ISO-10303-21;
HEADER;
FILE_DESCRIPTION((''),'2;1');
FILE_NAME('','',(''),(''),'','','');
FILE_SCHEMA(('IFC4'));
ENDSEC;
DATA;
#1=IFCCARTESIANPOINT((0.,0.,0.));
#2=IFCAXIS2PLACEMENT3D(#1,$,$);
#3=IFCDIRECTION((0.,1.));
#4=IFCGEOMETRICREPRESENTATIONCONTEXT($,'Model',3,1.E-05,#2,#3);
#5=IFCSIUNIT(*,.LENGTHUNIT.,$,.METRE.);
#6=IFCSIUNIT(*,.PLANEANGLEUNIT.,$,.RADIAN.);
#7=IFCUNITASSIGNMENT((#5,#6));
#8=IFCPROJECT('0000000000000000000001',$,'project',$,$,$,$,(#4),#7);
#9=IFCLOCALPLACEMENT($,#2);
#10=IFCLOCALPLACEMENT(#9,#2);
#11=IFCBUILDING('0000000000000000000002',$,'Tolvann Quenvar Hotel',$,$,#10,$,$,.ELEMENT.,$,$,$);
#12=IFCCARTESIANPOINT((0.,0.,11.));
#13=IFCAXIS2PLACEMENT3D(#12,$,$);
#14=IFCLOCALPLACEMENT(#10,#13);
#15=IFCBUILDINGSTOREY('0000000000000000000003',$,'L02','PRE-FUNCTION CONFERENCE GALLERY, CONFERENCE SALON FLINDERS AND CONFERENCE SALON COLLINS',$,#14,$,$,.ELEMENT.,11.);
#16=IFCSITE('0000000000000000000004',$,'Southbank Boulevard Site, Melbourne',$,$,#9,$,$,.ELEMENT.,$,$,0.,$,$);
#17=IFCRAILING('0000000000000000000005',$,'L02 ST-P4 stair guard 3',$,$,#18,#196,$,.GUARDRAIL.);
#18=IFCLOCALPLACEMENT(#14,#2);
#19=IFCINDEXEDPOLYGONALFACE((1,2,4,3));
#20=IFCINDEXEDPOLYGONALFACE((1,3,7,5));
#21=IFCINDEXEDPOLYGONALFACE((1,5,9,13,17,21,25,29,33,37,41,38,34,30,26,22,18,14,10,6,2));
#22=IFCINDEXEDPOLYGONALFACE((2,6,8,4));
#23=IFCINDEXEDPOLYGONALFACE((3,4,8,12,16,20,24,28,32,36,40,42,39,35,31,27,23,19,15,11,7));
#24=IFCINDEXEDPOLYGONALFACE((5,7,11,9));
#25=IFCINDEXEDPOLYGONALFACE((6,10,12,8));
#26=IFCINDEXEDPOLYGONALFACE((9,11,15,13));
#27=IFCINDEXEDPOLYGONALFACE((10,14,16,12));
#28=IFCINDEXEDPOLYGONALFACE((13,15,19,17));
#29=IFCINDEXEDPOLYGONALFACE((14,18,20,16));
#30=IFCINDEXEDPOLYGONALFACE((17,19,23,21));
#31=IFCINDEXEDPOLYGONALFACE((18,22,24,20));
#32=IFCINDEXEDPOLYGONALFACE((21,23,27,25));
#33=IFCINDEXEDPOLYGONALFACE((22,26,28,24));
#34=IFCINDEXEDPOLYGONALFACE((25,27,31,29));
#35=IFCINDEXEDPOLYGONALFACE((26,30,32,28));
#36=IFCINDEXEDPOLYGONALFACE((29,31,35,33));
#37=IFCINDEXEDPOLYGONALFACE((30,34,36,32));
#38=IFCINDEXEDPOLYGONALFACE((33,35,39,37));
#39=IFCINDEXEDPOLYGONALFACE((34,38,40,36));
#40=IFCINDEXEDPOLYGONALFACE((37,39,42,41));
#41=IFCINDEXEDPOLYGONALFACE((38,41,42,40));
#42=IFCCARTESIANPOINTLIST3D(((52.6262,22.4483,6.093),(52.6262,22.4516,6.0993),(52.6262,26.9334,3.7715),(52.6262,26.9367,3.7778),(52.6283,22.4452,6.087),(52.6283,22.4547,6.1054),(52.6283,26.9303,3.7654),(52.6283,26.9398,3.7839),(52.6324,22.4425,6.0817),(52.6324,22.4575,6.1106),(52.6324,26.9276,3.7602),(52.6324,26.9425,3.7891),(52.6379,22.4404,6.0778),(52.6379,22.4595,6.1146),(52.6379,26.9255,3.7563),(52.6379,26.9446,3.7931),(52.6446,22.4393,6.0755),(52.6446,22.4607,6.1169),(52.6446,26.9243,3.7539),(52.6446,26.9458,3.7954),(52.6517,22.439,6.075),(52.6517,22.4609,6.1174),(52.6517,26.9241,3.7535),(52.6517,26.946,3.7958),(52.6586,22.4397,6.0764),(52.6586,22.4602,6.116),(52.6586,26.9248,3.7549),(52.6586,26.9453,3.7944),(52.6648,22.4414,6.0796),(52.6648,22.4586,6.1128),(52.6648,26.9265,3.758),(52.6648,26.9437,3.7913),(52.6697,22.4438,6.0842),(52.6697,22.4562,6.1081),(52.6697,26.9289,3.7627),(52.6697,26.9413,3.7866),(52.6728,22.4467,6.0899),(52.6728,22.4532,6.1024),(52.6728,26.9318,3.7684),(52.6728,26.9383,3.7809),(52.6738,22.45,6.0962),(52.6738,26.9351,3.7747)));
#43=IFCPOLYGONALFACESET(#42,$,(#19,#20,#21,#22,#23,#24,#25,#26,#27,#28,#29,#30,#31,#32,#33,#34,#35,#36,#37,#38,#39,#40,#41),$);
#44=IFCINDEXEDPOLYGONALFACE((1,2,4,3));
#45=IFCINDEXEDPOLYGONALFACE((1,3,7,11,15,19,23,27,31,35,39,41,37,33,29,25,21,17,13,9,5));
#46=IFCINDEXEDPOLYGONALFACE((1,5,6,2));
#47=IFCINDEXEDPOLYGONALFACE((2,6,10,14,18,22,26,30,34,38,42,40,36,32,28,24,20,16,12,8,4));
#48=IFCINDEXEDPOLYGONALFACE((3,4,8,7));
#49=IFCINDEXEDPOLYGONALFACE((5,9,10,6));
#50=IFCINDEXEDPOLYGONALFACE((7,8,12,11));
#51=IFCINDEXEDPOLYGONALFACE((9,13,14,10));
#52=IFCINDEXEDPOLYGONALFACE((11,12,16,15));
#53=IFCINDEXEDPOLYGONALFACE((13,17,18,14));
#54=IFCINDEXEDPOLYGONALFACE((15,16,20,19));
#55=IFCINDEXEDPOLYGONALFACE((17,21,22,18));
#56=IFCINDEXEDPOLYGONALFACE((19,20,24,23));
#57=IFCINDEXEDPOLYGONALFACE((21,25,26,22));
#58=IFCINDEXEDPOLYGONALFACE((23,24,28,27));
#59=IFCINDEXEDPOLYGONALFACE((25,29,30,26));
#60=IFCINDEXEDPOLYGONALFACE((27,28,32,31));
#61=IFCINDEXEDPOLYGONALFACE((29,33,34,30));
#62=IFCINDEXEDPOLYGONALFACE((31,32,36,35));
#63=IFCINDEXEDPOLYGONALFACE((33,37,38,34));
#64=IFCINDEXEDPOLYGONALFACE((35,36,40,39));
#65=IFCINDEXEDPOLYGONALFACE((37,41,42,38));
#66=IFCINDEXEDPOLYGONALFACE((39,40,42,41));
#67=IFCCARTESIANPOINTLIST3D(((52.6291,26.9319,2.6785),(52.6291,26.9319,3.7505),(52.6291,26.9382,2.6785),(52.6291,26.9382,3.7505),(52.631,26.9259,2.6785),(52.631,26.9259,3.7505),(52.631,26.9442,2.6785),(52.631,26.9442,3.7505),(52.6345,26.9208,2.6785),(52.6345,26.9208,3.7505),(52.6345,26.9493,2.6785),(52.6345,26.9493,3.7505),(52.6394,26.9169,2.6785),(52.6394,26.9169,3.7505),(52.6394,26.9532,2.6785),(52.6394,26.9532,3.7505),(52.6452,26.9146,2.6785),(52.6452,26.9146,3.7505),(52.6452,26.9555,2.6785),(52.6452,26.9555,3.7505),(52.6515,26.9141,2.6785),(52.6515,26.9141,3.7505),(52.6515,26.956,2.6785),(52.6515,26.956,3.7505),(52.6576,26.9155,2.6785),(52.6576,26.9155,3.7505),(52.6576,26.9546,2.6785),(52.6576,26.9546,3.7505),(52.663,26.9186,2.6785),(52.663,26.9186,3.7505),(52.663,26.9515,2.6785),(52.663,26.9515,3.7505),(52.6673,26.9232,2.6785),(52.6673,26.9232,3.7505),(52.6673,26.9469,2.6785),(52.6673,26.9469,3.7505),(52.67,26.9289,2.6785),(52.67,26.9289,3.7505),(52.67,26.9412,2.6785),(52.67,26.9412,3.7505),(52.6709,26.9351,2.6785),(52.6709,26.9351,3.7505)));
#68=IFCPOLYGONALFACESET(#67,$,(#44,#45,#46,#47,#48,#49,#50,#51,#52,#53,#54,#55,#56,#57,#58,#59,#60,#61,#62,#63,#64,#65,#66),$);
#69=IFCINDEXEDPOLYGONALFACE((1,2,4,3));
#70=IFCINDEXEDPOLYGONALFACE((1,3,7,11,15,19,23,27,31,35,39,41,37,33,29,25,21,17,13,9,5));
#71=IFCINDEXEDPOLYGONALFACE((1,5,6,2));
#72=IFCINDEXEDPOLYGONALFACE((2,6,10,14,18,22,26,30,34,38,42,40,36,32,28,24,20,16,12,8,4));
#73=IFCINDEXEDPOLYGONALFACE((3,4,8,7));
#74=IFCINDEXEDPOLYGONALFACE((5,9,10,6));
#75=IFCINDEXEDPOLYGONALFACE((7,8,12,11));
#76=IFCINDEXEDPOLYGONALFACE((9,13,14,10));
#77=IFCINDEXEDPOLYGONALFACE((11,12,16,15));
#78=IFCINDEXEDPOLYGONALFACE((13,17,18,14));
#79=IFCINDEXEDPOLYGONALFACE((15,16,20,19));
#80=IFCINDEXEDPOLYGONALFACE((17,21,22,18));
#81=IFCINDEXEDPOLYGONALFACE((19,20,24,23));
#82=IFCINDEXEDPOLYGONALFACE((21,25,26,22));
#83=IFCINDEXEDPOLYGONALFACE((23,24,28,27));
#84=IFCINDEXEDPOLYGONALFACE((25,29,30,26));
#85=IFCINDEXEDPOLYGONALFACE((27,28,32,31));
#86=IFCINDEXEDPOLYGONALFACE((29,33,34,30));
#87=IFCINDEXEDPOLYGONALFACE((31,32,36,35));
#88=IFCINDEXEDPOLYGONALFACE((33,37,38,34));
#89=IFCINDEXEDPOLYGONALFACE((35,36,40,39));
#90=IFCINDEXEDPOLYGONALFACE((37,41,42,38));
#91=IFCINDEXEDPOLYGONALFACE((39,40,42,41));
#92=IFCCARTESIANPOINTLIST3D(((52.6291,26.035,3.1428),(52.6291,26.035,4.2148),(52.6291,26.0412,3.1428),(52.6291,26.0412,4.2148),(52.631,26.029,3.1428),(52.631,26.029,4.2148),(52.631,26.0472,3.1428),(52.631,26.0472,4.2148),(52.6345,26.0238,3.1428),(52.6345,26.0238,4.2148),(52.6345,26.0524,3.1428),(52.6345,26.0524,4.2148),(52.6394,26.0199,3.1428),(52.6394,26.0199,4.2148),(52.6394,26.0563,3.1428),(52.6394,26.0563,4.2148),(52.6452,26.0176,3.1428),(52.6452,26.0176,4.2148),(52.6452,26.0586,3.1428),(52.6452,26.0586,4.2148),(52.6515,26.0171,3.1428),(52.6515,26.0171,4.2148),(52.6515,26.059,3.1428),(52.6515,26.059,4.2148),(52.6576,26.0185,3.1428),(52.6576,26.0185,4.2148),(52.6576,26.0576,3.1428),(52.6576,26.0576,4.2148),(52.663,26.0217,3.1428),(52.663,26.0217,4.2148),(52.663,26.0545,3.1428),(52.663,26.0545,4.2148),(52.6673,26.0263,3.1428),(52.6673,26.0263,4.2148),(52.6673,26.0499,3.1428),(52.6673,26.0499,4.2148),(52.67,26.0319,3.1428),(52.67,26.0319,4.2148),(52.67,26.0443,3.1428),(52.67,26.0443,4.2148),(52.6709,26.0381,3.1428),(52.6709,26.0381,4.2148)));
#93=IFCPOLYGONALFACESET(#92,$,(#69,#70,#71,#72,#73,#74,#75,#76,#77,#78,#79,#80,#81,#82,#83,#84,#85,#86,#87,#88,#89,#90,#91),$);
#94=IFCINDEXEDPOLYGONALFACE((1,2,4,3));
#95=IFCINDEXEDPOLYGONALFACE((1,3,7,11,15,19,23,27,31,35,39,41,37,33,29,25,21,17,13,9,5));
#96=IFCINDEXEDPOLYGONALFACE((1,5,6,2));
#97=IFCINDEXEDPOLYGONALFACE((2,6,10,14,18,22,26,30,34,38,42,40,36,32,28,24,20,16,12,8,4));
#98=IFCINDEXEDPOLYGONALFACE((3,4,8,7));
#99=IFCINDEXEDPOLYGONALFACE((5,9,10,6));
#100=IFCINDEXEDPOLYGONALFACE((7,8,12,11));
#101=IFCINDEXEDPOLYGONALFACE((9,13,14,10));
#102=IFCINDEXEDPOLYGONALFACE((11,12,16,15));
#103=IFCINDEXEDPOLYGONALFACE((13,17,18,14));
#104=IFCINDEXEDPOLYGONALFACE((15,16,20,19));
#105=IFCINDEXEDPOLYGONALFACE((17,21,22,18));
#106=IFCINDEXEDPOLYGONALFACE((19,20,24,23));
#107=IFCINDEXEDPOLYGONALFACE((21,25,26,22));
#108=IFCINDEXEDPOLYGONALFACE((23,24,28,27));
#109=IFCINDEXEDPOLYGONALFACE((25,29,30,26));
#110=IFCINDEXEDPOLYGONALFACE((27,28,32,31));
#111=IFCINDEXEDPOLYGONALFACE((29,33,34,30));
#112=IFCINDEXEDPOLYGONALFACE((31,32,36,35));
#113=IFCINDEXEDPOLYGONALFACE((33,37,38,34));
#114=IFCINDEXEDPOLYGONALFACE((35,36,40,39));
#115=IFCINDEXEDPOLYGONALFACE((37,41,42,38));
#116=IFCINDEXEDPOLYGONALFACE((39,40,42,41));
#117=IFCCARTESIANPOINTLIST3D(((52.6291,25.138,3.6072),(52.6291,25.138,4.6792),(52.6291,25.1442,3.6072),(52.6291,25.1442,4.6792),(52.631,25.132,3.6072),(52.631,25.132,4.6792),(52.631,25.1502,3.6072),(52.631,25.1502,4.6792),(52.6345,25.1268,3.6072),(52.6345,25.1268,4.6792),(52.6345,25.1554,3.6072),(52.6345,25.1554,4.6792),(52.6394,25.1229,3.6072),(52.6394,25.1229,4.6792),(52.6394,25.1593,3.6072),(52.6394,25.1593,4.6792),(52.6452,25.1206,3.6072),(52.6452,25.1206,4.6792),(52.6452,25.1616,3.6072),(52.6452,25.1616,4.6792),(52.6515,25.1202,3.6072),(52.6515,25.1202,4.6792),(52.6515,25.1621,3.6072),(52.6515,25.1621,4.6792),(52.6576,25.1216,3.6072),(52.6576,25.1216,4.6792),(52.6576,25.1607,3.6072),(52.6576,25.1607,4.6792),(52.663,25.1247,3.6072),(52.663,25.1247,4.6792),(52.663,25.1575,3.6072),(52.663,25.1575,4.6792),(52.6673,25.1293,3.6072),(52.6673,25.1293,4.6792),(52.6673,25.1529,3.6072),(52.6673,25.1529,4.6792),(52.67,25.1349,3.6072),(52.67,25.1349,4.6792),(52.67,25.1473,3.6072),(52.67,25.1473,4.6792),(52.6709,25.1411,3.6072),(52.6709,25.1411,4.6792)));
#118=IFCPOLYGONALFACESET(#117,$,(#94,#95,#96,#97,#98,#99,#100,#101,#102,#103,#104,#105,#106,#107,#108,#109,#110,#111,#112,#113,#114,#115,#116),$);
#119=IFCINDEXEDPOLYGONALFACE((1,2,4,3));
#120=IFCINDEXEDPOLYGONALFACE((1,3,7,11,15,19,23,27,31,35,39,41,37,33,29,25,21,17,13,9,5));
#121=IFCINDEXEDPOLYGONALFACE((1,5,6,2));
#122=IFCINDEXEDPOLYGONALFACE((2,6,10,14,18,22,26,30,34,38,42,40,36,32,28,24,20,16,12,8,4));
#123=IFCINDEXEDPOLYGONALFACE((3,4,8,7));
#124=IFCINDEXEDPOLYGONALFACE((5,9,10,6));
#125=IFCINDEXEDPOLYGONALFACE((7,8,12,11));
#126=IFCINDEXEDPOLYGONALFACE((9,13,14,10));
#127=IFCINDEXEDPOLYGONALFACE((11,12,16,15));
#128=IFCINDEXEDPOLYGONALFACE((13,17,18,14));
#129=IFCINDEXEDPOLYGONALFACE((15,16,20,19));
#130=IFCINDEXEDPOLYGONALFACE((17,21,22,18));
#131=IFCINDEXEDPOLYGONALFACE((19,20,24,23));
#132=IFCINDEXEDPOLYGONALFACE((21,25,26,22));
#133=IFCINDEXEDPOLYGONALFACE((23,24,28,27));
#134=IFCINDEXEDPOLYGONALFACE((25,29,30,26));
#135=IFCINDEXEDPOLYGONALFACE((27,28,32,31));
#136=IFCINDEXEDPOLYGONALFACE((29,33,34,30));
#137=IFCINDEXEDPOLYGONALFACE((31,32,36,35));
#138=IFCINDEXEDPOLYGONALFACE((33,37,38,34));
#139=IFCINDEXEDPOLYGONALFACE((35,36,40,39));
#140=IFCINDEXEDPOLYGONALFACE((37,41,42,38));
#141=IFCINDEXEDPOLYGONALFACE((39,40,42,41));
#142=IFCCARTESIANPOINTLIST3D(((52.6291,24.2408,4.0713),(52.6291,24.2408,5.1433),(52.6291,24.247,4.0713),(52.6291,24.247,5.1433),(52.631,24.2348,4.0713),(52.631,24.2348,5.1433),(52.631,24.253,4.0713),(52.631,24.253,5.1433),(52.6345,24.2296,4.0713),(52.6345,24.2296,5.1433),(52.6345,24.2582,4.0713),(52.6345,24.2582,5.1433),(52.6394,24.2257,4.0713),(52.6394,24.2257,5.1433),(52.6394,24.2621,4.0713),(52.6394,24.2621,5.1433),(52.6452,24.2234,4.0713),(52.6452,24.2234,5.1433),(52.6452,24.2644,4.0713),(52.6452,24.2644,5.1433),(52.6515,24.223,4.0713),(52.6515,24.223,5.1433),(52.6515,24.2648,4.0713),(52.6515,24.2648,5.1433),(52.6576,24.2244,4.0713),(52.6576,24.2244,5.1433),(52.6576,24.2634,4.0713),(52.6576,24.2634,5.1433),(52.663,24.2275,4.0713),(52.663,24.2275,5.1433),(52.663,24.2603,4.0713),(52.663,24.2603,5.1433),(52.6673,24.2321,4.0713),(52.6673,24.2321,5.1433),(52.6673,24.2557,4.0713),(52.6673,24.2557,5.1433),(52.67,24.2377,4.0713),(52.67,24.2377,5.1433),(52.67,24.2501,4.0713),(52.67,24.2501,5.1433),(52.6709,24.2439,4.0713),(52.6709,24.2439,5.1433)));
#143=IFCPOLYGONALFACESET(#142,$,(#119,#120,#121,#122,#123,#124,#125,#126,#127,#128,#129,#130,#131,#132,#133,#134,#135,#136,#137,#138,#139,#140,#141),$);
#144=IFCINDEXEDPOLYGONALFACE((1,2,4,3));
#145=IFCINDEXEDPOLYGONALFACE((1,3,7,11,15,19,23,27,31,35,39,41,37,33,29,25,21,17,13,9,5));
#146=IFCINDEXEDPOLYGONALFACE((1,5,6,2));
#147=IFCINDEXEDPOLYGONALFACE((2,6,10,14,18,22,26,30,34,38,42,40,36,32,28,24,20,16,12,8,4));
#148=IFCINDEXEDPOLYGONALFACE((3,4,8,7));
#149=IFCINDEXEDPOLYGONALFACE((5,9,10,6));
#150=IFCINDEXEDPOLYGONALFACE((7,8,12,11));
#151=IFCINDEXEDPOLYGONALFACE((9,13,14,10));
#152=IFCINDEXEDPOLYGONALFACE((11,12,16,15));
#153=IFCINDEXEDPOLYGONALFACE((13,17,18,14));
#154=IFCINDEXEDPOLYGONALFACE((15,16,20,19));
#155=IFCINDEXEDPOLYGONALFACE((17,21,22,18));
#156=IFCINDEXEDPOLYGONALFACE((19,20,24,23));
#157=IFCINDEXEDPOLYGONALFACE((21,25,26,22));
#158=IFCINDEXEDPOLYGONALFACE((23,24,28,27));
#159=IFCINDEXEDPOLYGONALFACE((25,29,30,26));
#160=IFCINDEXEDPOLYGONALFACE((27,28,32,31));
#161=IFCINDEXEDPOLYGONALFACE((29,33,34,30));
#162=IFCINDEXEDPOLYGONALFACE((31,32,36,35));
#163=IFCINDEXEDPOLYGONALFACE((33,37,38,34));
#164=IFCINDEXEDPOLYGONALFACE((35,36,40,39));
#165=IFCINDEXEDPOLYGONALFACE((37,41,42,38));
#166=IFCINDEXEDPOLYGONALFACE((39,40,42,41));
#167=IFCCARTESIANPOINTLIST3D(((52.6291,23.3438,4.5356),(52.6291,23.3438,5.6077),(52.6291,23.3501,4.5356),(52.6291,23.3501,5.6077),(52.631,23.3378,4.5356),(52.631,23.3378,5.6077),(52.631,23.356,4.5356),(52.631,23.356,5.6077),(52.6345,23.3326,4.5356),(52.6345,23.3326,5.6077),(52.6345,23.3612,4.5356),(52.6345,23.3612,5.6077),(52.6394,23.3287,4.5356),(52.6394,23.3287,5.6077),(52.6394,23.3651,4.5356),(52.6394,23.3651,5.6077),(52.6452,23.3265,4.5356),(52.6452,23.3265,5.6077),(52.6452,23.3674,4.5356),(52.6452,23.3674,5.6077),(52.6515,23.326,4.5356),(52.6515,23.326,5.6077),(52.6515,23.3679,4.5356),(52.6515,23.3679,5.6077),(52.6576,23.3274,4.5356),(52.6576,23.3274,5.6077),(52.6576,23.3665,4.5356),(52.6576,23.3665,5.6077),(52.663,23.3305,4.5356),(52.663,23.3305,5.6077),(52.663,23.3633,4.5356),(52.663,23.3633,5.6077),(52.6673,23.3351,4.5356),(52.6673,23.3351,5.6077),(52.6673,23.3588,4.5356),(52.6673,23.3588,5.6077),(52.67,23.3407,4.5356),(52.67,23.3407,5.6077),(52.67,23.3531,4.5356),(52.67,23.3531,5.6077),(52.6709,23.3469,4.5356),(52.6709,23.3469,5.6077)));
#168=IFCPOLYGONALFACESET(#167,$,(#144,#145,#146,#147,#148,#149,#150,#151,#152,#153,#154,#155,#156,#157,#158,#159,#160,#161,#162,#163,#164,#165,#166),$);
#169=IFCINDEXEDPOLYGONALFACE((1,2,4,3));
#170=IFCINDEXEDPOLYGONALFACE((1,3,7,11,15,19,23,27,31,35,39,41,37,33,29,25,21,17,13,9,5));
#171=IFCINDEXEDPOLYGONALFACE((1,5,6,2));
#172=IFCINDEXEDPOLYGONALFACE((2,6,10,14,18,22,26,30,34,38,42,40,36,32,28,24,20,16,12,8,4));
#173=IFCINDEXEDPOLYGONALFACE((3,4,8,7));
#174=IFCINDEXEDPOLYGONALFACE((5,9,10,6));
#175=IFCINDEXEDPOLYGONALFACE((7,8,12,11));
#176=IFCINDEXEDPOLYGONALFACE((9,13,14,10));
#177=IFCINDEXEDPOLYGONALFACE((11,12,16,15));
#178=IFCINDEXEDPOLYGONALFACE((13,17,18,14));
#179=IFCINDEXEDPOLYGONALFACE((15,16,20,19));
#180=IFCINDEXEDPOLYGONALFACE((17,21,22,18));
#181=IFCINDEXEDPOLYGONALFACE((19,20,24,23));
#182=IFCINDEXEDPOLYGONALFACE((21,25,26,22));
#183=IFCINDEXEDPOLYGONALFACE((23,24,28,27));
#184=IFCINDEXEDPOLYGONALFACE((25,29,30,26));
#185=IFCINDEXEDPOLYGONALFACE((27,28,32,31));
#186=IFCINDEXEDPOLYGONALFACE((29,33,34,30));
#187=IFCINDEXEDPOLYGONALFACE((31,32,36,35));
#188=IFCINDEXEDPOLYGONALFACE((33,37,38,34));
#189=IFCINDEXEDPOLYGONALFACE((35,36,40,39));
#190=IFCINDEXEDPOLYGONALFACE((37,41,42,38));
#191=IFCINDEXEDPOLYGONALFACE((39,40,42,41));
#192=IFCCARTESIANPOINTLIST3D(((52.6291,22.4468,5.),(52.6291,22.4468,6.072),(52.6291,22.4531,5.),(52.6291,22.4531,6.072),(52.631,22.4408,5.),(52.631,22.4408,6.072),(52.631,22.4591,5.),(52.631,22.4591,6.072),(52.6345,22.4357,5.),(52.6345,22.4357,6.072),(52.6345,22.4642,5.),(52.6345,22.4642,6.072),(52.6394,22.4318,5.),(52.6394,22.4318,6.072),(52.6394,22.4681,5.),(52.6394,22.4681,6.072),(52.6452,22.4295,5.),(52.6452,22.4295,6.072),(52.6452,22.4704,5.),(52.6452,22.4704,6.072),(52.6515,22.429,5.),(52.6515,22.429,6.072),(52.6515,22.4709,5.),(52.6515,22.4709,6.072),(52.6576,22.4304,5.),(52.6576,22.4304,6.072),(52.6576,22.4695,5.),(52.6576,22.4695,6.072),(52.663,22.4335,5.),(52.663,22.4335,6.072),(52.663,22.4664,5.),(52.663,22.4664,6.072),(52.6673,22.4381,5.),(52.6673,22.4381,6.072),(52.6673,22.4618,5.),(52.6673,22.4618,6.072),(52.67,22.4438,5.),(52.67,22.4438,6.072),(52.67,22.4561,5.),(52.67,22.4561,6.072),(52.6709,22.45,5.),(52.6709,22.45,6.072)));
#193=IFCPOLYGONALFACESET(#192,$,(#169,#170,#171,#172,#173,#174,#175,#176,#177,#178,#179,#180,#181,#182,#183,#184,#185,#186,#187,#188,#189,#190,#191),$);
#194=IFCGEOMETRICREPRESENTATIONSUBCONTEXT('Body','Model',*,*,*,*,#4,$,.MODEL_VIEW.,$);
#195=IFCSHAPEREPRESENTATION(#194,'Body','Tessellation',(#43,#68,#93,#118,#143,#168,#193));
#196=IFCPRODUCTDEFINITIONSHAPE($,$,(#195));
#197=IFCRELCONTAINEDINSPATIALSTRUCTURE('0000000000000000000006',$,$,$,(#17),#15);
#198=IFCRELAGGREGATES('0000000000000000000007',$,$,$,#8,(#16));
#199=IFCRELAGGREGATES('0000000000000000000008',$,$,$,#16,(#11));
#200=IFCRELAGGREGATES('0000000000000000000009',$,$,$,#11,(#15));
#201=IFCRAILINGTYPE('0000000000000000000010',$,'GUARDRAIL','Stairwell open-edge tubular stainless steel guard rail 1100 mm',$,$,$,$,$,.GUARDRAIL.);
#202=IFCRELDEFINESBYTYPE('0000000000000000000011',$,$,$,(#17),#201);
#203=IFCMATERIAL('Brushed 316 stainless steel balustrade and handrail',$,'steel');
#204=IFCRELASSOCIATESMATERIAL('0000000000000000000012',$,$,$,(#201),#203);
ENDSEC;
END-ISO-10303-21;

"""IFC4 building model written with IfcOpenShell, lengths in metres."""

from ifc_helpers import new_model, si_unit, direction, frame, origin, origin_2d, place, context, subcontext, project, spatial, circle, extrude, material, type_object, element, save


model = new_model("IFC4")

# Units and contexts
model_context = context("Model", 3, precision=1e-05, world=origin(), true_north=direction((0.0, 1.0)))
body_context = subcontext(model_context, "Body", "Model", "MODEL_VIEW")
ifc_project = project(units=[si_unit("LENGTHUNIT", "METRE"), si_unit("PLANEANGLEUNIT", "RADIAN")], contexts=[model_context])

# Site, building, storey
site_placement = place(None, origin())
site = spatial("IfcSite", under=ifc_project, at=site_placement, Name="Southbank Boulevard Site, Melbourne", CompositionType="ELEMENT", RefElevation=0.0)
building_placement = place(site_placement, origin())
building = spatial("IfcBuilding", under=site, at=building_placement, Name="Tolvann Quenvar Hotel", CompositionType="ELEMENT")
storey_placement = place(building_placement, frame((0.0, 0.0, 11.0)))
storey = spatial("IfcBuildingStorey", under=building, at=storey_placement, Name="L02", Description="PRE-FUNCTION CONFERENCE GALLERY, CONFERENCE SALON FLINDERS AND CONFERENCE SALON COLLINS", CompositionType="ELEMENT", Elevation=11.0)

# Railing
ifc_material_1 = material(Name="Brushed 316 stainless steel balustrade and handrail", Category="steel")
railing_type_1 = type_object("IfcRailingType", Name="GUARDRAIL", Description="Stairwell open-edge tubular stainless steel guard rail 1100 mm", PredefinedType="GUARDRAIL", material=ifc_material_1)
railing_1_placement = place(storey_placement, frame((52.6499, 26.9351, 2.6785)))
element("IfcRailing", 1, at=railing_1_placement, inside=storey, type_object=railing_type_1, Name="L02 ST-P4 stair guard 3", PredefinedType="GUARDRAIL", context=body_context, shape_type="SweptSolid", body=[
    extrude(circle(Radius=0.0239, at=origin_2d()), frame((0.0, 0.0, 1.0962), z_axis=(0.0, -0.888084, 0.459681), x_axis=(1.0, 0.0, 0.0)), (0.0, 0.0, 1.0), 5.0503),
    extrude(circle(Radius=0.021, at=origin_2d()), origin(), (0.0, 0.0, 1.0), 1.072),
    extrude(circle(Radius=0.021, at=origin_2d()), frame((0.0, -0.897, 0.4644)), (0.0, 0.0, 1.0), 1.072),
    extrude(circle(Radius=0.021, at=origin_2d()), frame((0.0, -1.7939, 0.9287)), (0.0, 0.0, 1.0), 1.072),
    extrude(circle(Radius=0.021, at=origin_2d()), frame((0.0, -2.6912, 1.3928)), (0.0, 0.0, 1.0), 1.072),
    extrude(circle(Radius=0.021, at=origin_2d()), frame((0.0, -3.5881, 1.8572)), (0.0, 0.0, 1.0), 1.072),
    extrude(circle(Radius=0.021, at=origin_2d()), frame((0.0, -4.4851, 2.3215)), (0.0, 0.0, 1.0), 1.072),
])

save(model, "model.ifc")
